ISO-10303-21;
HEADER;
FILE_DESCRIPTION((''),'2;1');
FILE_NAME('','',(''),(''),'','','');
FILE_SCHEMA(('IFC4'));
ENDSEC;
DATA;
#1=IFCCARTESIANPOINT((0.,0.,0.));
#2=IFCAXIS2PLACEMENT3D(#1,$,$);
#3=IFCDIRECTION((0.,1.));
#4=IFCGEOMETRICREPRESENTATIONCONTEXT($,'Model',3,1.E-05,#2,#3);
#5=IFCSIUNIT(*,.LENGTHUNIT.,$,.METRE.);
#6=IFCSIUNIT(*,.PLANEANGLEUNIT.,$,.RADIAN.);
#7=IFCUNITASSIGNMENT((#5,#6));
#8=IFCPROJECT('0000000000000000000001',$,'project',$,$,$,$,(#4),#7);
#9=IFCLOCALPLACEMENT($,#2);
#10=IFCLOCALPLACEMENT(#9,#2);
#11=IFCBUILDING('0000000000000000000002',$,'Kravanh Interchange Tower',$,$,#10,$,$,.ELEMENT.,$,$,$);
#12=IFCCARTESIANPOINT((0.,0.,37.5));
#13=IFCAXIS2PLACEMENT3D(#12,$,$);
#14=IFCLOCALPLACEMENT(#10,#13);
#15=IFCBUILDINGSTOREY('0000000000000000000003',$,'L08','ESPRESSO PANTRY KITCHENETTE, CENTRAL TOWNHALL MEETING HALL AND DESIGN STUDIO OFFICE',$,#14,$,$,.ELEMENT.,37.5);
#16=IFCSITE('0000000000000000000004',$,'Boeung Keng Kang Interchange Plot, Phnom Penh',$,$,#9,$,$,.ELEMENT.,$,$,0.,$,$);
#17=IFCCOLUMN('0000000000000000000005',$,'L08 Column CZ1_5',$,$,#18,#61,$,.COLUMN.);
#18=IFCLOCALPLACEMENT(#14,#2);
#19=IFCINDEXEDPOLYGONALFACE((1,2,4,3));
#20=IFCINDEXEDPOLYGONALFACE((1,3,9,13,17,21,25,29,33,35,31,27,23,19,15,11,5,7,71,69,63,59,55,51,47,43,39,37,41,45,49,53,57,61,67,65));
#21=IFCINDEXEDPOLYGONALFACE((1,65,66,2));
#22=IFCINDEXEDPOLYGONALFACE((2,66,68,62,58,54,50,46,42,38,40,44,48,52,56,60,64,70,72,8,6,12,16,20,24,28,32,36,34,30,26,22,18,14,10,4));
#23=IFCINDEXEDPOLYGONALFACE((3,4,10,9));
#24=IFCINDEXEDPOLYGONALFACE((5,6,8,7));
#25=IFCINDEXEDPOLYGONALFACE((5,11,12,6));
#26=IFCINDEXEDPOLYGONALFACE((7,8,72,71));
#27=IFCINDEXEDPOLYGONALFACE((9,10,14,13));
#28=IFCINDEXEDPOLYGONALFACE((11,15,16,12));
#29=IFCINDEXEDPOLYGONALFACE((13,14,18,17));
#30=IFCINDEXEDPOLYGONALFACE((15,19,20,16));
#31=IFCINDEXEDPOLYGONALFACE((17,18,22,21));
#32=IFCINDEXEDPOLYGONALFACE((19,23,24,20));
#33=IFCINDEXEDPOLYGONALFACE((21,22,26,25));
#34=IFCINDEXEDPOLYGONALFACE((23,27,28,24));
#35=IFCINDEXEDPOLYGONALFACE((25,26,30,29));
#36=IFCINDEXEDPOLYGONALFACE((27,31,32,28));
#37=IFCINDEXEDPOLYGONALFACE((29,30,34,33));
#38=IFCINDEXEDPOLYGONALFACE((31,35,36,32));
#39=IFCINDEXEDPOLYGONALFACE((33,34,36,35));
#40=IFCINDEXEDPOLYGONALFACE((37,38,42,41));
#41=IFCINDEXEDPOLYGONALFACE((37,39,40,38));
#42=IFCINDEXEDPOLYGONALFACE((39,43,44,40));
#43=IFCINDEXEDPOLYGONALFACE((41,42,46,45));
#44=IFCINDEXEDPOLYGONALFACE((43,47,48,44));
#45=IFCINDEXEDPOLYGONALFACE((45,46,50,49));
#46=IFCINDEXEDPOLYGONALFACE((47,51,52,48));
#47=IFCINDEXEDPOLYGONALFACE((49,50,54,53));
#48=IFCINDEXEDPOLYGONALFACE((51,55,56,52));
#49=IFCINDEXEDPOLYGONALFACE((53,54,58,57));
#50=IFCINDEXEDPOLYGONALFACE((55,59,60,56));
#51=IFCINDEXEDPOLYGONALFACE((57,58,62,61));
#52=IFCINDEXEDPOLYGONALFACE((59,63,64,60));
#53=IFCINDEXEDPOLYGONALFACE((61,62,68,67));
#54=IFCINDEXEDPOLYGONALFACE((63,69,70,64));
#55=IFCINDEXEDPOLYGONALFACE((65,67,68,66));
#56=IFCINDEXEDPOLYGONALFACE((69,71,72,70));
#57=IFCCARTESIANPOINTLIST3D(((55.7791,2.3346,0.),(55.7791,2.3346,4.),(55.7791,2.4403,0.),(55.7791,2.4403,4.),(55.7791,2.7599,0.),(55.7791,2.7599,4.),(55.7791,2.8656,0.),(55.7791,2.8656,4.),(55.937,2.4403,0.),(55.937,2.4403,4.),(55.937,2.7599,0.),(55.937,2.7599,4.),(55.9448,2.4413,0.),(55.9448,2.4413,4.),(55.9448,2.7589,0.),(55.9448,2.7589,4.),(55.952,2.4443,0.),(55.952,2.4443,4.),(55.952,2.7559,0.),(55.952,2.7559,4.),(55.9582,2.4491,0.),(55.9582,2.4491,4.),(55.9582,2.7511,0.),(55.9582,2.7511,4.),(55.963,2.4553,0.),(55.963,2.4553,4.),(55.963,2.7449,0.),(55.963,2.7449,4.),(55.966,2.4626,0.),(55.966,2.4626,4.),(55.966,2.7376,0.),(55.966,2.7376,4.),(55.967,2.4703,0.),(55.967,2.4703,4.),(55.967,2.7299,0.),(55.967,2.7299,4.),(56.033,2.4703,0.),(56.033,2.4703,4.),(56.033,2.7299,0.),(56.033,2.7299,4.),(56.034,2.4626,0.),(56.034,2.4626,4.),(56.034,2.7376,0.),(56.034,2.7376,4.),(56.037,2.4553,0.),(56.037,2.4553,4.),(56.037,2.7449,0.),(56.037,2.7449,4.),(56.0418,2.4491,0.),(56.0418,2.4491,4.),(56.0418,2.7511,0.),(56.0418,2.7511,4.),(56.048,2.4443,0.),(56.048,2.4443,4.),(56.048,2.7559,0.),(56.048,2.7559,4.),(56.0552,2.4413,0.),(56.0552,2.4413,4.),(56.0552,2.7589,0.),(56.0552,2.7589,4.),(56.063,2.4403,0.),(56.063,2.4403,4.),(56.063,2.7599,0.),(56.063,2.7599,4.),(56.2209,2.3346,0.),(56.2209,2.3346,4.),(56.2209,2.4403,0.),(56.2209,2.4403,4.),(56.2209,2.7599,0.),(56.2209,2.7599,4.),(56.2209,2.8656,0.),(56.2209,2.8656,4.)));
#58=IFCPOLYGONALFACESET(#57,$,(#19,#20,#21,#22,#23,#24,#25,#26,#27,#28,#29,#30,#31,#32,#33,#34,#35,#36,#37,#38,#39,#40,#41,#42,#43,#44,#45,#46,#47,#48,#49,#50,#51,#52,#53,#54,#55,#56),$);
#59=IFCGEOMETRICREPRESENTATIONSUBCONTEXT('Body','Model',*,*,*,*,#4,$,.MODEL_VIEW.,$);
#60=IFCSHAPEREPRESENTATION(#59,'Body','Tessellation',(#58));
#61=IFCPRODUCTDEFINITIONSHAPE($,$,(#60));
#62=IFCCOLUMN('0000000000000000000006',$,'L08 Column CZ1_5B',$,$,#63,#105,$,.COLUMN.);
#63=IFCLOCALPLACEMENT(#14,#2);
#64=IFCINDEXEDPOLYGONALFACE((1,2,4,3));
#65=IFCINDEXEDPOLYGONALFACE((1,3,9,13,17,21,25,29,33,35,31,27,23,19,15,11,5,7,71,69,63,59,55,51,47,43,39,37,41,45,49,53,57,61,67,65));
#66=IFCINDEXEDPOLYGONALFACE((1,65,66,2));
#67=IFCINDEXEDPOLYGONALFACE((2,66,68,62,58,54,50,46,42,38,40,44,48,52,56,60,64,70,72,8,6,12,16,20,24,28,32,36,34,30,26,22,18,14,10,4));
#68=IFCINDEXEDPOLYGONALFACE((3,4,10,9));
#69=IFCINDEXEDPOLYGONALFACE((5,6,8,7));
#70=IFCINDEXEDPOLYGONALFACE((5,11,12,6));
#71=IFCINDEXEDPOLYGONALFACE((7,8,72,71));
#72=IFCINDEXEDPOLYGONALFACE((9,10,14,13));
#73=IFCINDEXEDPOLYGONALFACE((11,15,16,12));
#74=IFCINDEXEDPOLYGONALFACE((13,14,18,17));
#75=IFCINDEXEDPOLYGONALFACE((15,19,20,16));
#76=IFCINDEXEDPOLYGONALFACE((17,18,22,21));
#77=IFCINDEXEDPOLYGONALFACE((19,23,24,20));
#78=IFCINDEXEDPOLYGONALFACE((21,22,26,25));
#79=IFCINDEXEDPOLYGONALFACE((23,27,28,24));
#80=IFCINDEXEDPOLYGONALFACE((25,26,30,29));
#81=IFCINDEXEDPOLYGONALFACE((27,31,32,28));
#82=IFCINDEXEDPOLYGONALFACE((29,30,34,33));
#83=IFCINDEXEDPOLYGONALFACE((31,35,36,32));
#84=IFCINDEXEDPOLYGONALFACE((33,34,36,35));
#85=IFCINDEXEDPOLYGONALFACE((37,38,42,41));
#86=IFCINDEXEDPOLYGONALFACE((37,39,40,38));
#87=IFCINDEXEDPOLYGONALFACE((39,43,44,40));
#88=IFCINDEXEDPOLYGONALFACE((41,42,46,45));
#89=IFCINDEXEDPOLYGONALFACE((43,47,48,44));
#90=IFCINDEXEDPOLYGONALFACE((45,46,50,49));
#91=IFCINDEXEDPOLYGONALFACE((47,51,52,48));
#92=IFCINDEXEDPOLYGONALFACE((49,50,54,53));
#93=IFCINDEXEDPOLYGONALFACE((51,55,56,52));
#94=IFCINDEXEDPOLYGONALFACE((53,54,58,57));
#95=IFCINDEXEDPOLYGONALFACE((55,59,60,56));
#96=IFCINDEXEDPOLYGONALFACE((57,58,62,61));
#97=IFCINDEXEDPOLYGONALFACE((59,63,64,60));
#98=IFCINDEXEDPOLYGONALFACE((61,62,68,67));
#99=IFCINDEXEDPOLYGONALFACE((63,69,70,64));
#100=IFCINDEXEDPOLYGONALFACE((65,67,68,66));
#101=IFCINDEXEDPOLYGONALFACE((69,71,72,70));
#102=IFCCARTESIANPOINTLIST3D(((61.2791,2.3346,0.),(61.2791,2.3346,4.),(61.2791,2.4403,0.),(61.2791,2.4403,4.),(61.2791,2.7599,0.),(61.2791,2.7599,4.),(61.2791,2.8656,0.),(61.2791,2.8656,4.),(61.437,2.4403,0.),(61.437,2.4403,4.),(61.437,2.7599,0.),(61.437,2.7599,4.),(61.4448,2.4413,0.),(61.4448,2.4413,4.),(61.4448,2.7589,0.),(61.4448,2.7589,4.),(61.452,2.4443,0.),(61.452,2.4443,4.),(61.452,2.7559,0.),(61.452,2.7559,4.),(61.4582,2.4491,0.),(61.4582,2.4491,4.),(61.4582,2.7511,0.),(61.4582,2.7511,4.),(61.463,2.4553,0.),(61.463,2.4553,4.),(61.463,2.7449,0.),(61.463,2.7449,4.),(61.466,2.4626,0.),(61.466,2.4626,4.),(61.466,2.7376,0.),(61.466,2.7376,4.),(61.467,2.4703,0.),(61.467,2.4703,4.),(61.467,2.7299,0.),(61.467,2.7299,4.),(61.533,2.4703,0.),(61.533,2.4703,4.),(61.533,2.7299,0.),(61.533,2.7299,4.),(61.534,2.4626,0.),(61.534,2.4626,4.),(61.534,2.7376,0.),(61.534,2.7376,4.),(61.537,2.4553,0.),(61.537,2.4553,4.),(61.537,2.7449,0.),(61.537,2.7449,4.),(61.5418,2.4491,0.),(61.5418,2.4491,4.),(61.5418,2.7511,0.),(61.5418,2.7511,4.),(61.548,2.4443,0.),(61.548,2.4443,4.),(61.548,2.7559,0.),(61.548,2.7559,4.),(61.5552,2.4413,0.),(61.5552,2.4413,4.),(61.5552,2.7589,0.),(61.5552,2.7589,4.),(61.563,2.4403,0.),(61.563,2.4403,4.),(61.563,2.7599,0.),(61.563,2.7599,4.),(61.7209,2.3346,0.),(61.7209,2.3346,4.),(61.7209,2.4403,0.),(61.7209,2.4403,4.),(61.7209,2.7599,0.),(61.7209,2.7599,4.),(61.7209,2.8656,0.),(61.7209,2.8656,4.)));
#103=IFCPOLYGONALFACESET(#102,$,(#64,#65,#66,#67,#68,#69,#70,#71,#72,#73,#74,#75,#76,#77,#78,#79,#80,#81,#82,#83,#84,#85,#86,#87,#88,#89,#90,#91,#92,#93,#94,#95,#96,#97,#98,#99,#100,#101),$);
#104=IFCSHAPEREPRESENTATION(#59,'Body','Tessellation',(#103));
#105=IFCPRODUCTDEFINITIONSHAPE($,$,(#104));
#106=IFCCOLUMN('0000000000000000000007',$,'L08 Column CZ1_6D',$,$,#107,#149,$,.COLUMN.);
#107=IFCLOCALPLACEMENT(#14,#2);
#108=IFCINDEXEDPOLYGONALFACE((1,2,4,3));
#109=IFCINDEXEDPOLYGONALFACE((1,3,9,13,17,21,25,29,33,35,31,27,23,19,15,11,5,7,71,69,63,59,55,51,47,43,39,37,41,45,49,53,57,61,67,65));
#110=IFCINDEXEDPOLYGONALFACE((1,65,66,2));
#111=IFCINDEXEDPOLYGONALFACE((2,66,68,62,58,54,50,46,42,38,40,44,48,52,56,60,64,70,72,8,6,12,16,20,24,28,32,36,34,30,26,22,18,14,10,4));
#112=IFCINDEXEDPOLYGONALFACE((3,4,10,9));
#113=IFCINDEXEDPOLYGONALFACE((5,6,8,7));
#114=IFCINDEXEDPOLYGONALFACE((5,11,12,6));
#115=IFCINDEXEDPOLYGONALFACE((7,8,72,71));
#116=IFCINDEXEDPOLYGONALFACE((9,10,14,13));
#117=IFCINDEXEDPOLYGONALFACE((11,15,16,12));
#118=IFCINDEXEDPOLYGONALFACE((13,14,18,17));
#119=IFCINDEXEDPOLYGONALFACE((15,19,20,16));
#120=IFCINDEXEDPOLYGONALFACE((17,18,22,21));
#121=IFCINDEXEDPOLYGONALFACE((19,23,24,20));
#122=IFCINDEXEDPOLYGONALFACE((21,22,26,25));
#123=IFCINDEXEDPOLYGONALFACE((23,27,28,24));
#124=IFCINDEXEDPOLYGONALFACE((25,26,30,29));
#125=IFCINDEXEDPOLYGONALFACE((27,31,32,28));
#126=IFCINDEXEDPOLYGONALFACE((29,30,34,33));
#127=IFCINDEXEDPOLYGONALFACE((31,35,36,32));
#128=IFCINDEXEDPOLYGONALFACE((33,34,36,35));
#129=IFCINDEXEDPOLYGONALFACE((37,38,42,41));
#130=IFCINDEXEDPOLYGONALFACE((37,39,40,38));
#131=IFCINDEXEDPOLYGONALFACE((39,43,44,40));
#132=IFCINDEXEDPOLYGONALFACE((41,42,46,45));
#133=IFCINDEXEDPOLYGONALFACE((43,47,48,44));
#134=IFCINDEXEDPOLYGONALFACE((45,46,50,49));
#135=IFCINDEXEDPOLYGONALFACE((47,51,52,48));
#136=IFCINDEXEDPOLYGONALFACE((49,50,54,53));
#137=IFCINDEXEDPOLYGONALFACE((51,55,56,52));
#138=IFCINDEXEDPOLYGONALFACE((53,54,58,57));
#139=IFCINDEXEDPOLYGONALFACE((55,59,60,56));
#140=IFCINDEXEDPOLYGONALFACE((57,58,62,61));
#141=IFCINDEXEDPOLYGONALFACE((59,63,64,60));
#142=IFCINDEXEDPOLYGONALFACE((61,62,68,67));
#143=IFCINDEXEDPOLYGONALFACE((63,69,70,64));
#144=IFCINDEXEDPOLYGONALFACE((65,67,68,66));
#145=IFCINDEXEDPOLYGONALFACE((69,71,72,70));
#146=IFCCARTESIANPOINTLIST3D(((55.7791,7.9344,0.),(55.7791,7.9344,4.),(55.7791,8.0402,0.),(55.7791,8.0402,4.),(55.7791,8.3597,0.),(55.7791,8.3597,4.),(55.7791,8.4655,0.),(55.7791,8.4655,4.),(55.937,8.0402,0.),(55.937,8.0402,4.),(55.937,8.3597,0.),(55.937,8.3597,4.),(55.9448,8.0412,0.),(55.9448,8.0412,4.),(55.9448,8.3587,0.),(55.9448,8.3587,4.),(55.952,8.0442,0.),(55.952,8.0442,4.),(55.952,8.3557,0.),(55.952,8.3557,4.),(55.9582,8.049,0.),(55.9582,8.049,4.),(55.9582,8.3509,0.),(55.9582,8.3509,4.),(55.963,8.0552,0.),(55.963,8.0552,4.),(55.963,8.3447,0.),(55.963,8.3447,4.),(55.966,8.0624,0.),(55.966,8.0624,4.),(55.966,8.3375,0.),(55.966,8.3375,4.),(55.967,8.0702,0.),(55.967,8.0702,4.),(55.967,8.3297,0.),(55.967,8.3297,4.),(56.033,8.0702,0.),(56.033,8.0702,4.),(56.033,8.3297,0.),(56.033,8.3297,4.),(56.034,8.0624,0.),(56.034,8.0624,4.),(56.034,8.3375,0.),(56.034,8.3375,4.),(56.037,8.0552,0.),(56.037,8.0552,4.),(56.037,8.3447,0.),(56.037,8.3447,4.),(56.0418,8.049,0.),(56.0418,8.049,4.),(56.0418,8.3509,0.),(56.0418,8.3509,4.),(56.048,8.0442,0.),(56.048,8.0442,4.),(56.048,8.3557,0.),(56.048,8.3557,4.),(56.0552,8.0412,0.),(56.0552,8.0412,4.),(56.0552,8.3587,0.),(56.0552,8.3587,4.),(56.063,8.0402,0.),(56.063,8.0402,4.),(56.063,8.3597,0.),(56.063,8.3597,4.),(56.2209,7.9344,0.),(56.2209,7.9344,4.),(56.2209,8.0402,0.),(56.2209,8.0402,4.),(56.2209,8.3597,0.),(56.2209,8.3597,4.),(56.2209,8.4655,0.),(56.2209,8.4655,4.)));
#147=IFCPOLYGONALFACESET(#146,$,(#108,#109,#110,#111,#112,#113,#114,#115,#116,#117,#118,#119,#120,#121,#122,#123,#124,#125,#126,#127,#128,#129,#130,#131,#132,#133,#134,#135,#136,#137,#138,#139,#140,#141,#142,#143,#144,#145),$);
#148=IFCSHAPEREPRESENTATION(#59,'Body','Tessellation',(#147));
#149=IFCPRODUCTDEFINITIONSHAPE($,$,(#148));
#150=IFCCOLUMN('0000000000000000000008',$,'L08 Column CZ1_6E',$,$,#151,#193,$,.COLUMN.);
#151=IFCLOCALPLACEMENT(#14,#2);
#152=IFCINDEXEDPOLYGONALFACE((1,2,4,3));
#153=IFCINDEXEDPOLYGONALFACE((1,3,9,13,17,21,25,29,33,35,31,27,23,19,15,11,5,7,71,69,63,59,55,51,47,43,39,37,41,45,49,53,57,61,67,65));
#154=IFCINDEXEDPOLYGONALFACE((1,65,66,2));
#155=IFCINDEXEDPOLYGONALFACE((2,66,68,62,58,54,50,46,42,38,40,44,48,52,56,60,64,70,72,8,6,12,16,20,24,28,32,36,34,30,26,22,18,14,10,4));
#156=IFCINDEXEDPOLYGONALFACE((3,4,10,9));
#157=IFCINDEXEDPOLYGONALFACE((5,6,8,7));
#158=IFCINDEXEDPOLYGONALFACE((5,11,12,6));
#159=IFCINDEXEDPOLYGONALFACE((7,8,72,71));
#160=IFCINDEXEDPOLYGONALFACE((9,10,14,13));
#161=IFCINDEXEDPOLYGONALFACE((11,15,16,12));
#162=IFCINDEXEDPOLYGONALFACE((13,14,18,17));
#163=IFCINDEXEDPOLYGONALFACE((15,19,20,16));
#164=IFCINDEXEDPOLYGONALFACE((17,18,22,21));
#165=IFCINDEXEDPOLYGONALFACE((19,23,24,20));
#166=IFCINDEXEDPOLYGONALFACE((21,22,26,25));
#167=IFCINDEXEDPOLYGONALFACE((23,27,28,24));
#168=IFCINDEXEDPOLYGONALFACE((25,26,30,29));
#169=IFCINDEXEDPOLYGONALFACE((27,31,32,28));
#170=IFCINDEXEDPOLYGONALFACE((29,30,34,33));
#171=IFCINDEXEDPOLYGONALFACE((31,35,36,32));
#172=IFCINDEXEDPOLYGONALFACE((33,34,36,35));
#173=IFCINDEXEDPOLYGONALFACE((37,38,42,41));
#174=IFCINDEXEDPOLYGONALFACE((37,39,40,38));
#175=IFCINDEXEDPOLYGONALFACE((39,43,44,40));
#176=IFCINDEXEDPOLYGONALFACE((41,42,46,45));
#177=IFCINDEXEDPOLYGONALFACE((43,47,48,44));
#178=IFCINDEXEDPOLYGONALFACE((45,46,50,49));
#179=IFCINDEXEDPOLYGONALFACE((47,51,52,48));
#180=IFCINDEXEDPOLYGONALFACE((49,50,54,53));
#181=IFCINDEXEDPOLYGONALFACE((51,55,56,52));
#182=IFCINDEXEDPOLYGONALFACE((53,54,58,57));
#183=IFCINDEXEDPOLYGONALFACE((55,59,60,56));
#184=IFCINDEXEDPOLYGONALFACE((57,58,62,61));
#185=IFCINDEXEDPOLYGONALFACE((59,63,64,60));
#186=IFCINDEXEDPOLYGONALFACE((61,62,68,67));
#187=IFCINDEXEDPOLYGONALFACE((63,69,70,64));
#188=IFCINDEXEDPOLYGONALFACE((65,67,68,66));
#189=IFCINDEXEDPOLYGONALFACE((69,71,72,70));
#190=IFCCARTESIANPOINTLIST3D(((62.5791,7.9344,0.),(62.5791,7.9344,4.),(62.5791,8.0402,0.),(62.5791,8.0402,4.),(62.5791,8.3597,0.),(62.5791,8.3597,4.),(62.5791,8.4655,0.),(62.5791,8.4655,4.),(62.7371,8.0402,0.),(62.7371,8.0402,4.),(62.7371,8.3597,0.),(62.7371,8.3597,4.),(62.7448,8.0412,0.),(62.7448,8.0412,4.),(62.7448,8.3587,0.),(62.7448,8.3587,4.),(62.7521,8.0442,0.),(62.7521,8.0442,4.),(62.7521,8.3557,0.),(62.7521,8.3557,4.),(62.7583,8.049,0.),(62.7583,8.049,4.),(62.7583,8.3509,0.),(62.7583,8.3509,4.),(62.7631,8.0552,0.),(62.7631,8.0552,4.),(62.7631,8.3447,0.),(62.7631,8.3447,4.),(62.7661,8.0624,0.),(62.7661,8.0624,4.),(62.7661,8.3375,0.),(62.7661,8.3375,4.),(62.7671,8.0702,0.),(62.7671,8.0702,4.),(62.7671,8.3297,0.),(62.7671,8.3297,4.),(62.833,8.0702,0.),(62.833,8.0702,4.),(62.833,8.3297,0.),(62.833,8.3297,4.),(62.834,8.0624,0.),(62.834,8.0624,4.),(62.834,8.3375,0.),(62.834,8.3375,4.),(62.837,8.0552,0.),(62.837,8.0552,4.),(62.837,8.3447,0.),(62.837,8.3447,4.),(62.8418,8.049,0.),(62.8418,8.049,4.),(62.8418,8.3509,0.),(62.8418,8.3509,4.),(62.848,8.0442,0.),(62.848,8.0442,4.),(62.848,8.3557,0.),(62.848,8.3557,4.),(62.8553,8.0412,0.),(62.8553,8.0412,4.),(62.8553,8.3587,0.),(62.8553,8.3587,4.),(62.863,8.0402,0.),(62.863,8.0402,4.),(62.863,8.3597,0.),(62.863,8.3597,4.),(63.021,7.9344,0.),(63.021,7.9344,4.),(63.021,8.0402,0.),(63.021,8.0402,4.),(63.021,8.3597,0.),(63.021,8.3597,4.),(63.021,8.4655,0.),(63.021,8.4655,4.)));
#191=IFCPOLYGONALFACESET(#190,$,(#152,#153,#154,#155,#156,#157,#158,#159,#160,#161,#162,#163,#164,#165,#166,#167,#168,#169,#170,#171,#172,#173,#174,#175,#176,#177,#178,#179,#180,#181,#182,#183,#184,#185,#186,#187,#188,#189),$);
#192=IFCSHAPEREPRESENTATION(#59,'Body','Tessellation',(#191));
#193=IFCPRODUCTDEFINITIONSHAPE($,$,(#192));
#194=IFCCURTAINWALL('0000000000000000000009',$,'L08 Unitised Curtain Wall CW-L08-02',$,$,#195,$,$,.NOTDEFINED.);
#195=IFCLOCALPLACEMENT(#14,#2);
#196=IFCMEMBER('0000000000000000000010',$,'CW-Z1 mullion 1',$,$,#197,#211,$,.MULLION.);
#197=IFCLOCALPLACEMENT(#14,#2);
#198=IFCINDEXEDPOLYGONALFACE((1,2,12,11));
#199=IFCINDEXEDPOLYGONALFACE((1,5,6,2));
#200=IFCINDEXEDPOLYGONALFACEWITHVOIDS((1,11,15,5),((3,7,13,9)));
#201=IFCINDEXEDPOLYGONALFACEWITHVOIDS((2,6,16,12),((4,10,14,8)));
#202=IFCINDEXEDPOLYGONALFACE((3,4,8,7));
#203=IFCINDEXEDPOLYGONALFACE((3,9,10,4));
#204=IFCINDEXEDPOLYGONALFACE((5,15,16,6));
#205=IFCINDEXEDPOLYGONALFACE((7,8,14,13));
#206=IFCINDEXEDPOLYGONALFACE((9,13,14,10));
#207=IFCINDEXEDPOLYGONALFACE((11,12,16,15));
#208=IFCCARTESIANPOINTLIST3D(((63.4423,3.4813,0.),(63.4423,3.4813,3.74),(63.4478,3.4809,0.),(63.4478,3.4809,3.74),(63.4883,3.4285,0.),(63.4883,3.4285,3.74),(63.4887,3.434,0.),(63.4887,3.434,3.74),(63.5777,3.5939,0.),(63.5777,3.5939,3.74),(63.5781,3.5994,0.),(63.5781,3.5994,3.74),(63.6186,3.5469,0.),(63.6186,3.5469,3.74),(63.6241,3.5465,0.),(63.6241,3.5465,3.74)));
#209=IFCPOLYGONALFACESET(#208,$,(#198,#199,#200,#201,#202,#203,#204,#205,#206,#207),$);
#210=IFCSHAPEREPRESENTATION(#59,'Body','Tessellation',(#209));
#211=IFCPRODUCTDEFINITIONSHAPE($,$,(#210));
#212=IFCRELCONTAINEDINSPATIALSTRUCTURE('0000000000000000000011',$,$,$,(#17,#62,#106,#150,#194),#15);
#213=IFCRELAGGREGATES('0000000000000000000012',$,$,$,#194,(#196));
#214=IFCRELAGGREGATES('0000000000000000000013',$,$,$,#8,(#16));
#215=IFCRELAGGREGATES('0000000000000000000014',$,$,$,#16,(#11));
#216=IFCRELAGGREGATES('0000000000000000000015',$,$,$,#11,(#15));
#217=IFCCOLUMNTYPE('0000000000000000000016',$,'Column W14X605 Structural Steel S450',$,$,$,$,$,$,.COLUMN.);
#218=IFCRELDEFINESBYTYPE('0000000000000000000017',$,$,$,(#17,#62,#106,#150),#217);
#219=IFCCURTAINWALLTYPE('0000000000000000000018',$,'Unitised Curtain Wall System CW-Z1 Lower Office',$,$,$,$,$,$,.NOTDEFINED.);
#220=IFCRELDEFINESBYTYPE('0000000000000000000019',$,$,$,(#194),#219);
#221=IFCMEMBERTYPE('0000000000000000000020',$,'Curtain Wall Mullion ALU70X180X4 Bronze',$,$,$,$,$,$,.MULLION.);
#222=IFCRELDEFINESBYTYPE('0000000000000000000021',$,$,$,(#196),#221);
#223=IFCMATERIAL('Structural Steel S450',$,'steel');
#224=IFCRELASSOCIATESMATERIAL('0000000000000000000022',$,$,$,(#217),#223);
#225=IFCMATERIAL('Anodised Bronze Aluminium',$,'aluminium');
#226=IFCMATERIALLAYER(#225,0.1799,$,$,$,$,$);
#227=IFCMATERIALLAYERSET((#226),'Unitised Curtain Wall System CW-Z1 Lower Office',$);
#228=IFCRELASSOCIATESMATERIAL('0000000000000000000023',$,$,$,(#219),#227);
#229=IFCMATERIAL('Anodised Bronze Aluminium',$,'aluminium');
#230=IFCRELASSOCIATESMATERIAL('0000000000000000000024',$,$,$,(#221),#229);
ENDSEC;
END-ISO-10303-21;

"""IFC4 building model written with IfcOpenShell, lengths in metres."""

from ifc_helpers import new_model, si_unit, direction, frame, origin, origin_2d, place, context, subcontext, project, spatial, hollow_rectangle, i_section, extrude, material, layer, layer_set, material_profile, profile_set, type_object, element, aggregate, save


model = new_model("IFC4")

# Units and contexts
model_context = context("Model", 3, precision=1e-05, world=origin(), true_north=direction((0.0, 1.0)))
body_context = subcontext(model_context, "Body", "Model", "MODEL_VIEW")
ifc_project = project(units=[si_unit("LENGTHUNIT", "METRE"), si_unit("PLANEANGLEUNIT", "RADIAN")], contexts=[model_context])

# Site, building, storey
site_placement = place(None, origin())
site = spatial("IfcSite", under=ifc_project, at=site_placement, Name="Boeung Keng Kang Interchange Plot, Phnom Penh", CompositionType="ELEMENT", RefElevation=0.0)
building_placement = place(site_placement, origin())
building = spatial("IfcBuilding", under=site, at=building_placement, Name="Kravanh Interchange Tower", CompositionType="ELEMENT")
storey_placement = place(building_placement, frame((0.0, 0.0, 37.5)))
storey = spatial("IfcBuildingStorey", under=building, at=storey_placement, Name="L08", Description="ESPRESSO PANTRY KITCHENETTE, CENTRAL TOWNHALL MEETING HALL AND DESIGN STUDIO OFFICE", CompositionType="ELEMENT", Elevation=37.5)

# Columns
ifc_material_1 = material(Name="Structural Steel S450", Category="steel")
ifc_material_profile_1 = material_profile(ifc_material_1, i_section(OverallWidth=0.4419, OverallDepth=0.531, WebThickness=0.0659, FlangeThickness=0.1057, FilletRadius=0.03, at=origin_2d()), Name="W14X605")
ifc_profile_set_1 = profile_set([ifc_material_profile_1], Name="Structural Steel S450")
column_type = type_object("IfcColumnType", Name="Column W14X605 Structural Steel S450", PredefinedType="COLUMN", material=ifc_profile_set_1)
for number, where, z_axis, x_axis, name in (
    (1, (56.0, 2.6001, 0.0), (0.0, 0.0, 1.0), (1.0, 0.0, 0.0), "L08 Column CZ1_5"),
    (2, (61.5, 2.6001, 0.0), (0.0, 0.0, 1.0), (1.0, 0.0, 0.0), "L08 Column CZ1_5B"),
    (3, (56.0, 8.2, 0.0), (0.0, 0.0, 1.0), (1.0, 0.0, 0.0), "L08 Column CZ1_6D"),
    (4, (62.8, 8.2, 0.0), (0.0, 0.0, 1.0), (1.0, 0.0, 0.0), "L08 Column CZ1_6E"),
):
    element("IfcColumn", number, at=place(storey_placement, frame(where, z_axis=z_axis, x_axis=x_axis)), inside=storey, type_object=column_type, Name=name, PredefinedType="COLUMN", context=body_context, shape_type="SweptSolid", body=[
        extrude(i_section(OverallWidth=0.4419, OverallDepth=0.531, WebThickness=0.0659, FlangeThickness=0.1057, FilletRadius=0.03, at=origin_2d()), origin(), (0.0, 0.0, 1.0), 4.0),
    ])

# Curtain wall, member
ifc_material_2 = material(Name="Anodised Bronze Aluminium", Category="aluminium")
ifc_layer_1 = layer(ifc_material_2, 0.1799)
ifc_layer_set_1 = layer_set([ifc_layer_1], Name="Unitised Curtain Wall System CW-Z1 Lower Office")
curtain_wall_type = type_object("IfcCurtainWallType", Name="Unitised Curtain Wall System CW-Z1 Lower Office", PredefinedType="NOTDEFINED", material=ifc_layer_set_1)
curtain_wall_1_placement = place(storey_placement, origin())
curtain_wall_1 = element("IfcCurtainWall", 5, at=curtain_wall_1_placement, inside=storey, type_object=curtain_wall_type, Name="L08 Unitised Curtain Wall CW-L08-02", PredefinedType="NOTDEFINED")
ifc_material_3 = material(Name="Anodised Bronze Aluminium", Category="aluminium")
ifc_material_profile_2 = material_profile(ifc_material_3, hollow_rectangle(XDim=0.0701, YDim=0.1799, WallThickness=0.0039, at=origin_2d()), Name="ALU70X180X4")
ifc_profile_set_2 = profile_set([ifc_material_profile_2], Name="Anodised Bronze Aluminium")
member_type_1 = type_object("IfcMemberType", Name="Curtain Wall Mullion ALU70X180X4 Bronze", PredefinedType="MULLION", material=ifc_profile_set_2)
member_1_placement = place(storey_placement, frame((63.5332, 3.5139, 0.0), z_axis=(0.0, 0.0, 1.0), x_axis=(0.65606, -0.754708, 0.0)))
member_1 = element("IfcMember", 6, at=member_1_placement, type_object=member_type_1, Name="CW-Z1 mullion 1", PredefinedType="MULLION", context=body_context, shape_type="SweptSolid", body=[
    extrude(hollow_rectangle(XDim=0.0701, YDim=0.1799, WallThickness=0.0039, at=origin_2d()), origin(), (0.0, 0.0, 1.0), 3.74),
])

aggregate(curtain_wall_1, [member_1])

save(model, "model.ifc")
